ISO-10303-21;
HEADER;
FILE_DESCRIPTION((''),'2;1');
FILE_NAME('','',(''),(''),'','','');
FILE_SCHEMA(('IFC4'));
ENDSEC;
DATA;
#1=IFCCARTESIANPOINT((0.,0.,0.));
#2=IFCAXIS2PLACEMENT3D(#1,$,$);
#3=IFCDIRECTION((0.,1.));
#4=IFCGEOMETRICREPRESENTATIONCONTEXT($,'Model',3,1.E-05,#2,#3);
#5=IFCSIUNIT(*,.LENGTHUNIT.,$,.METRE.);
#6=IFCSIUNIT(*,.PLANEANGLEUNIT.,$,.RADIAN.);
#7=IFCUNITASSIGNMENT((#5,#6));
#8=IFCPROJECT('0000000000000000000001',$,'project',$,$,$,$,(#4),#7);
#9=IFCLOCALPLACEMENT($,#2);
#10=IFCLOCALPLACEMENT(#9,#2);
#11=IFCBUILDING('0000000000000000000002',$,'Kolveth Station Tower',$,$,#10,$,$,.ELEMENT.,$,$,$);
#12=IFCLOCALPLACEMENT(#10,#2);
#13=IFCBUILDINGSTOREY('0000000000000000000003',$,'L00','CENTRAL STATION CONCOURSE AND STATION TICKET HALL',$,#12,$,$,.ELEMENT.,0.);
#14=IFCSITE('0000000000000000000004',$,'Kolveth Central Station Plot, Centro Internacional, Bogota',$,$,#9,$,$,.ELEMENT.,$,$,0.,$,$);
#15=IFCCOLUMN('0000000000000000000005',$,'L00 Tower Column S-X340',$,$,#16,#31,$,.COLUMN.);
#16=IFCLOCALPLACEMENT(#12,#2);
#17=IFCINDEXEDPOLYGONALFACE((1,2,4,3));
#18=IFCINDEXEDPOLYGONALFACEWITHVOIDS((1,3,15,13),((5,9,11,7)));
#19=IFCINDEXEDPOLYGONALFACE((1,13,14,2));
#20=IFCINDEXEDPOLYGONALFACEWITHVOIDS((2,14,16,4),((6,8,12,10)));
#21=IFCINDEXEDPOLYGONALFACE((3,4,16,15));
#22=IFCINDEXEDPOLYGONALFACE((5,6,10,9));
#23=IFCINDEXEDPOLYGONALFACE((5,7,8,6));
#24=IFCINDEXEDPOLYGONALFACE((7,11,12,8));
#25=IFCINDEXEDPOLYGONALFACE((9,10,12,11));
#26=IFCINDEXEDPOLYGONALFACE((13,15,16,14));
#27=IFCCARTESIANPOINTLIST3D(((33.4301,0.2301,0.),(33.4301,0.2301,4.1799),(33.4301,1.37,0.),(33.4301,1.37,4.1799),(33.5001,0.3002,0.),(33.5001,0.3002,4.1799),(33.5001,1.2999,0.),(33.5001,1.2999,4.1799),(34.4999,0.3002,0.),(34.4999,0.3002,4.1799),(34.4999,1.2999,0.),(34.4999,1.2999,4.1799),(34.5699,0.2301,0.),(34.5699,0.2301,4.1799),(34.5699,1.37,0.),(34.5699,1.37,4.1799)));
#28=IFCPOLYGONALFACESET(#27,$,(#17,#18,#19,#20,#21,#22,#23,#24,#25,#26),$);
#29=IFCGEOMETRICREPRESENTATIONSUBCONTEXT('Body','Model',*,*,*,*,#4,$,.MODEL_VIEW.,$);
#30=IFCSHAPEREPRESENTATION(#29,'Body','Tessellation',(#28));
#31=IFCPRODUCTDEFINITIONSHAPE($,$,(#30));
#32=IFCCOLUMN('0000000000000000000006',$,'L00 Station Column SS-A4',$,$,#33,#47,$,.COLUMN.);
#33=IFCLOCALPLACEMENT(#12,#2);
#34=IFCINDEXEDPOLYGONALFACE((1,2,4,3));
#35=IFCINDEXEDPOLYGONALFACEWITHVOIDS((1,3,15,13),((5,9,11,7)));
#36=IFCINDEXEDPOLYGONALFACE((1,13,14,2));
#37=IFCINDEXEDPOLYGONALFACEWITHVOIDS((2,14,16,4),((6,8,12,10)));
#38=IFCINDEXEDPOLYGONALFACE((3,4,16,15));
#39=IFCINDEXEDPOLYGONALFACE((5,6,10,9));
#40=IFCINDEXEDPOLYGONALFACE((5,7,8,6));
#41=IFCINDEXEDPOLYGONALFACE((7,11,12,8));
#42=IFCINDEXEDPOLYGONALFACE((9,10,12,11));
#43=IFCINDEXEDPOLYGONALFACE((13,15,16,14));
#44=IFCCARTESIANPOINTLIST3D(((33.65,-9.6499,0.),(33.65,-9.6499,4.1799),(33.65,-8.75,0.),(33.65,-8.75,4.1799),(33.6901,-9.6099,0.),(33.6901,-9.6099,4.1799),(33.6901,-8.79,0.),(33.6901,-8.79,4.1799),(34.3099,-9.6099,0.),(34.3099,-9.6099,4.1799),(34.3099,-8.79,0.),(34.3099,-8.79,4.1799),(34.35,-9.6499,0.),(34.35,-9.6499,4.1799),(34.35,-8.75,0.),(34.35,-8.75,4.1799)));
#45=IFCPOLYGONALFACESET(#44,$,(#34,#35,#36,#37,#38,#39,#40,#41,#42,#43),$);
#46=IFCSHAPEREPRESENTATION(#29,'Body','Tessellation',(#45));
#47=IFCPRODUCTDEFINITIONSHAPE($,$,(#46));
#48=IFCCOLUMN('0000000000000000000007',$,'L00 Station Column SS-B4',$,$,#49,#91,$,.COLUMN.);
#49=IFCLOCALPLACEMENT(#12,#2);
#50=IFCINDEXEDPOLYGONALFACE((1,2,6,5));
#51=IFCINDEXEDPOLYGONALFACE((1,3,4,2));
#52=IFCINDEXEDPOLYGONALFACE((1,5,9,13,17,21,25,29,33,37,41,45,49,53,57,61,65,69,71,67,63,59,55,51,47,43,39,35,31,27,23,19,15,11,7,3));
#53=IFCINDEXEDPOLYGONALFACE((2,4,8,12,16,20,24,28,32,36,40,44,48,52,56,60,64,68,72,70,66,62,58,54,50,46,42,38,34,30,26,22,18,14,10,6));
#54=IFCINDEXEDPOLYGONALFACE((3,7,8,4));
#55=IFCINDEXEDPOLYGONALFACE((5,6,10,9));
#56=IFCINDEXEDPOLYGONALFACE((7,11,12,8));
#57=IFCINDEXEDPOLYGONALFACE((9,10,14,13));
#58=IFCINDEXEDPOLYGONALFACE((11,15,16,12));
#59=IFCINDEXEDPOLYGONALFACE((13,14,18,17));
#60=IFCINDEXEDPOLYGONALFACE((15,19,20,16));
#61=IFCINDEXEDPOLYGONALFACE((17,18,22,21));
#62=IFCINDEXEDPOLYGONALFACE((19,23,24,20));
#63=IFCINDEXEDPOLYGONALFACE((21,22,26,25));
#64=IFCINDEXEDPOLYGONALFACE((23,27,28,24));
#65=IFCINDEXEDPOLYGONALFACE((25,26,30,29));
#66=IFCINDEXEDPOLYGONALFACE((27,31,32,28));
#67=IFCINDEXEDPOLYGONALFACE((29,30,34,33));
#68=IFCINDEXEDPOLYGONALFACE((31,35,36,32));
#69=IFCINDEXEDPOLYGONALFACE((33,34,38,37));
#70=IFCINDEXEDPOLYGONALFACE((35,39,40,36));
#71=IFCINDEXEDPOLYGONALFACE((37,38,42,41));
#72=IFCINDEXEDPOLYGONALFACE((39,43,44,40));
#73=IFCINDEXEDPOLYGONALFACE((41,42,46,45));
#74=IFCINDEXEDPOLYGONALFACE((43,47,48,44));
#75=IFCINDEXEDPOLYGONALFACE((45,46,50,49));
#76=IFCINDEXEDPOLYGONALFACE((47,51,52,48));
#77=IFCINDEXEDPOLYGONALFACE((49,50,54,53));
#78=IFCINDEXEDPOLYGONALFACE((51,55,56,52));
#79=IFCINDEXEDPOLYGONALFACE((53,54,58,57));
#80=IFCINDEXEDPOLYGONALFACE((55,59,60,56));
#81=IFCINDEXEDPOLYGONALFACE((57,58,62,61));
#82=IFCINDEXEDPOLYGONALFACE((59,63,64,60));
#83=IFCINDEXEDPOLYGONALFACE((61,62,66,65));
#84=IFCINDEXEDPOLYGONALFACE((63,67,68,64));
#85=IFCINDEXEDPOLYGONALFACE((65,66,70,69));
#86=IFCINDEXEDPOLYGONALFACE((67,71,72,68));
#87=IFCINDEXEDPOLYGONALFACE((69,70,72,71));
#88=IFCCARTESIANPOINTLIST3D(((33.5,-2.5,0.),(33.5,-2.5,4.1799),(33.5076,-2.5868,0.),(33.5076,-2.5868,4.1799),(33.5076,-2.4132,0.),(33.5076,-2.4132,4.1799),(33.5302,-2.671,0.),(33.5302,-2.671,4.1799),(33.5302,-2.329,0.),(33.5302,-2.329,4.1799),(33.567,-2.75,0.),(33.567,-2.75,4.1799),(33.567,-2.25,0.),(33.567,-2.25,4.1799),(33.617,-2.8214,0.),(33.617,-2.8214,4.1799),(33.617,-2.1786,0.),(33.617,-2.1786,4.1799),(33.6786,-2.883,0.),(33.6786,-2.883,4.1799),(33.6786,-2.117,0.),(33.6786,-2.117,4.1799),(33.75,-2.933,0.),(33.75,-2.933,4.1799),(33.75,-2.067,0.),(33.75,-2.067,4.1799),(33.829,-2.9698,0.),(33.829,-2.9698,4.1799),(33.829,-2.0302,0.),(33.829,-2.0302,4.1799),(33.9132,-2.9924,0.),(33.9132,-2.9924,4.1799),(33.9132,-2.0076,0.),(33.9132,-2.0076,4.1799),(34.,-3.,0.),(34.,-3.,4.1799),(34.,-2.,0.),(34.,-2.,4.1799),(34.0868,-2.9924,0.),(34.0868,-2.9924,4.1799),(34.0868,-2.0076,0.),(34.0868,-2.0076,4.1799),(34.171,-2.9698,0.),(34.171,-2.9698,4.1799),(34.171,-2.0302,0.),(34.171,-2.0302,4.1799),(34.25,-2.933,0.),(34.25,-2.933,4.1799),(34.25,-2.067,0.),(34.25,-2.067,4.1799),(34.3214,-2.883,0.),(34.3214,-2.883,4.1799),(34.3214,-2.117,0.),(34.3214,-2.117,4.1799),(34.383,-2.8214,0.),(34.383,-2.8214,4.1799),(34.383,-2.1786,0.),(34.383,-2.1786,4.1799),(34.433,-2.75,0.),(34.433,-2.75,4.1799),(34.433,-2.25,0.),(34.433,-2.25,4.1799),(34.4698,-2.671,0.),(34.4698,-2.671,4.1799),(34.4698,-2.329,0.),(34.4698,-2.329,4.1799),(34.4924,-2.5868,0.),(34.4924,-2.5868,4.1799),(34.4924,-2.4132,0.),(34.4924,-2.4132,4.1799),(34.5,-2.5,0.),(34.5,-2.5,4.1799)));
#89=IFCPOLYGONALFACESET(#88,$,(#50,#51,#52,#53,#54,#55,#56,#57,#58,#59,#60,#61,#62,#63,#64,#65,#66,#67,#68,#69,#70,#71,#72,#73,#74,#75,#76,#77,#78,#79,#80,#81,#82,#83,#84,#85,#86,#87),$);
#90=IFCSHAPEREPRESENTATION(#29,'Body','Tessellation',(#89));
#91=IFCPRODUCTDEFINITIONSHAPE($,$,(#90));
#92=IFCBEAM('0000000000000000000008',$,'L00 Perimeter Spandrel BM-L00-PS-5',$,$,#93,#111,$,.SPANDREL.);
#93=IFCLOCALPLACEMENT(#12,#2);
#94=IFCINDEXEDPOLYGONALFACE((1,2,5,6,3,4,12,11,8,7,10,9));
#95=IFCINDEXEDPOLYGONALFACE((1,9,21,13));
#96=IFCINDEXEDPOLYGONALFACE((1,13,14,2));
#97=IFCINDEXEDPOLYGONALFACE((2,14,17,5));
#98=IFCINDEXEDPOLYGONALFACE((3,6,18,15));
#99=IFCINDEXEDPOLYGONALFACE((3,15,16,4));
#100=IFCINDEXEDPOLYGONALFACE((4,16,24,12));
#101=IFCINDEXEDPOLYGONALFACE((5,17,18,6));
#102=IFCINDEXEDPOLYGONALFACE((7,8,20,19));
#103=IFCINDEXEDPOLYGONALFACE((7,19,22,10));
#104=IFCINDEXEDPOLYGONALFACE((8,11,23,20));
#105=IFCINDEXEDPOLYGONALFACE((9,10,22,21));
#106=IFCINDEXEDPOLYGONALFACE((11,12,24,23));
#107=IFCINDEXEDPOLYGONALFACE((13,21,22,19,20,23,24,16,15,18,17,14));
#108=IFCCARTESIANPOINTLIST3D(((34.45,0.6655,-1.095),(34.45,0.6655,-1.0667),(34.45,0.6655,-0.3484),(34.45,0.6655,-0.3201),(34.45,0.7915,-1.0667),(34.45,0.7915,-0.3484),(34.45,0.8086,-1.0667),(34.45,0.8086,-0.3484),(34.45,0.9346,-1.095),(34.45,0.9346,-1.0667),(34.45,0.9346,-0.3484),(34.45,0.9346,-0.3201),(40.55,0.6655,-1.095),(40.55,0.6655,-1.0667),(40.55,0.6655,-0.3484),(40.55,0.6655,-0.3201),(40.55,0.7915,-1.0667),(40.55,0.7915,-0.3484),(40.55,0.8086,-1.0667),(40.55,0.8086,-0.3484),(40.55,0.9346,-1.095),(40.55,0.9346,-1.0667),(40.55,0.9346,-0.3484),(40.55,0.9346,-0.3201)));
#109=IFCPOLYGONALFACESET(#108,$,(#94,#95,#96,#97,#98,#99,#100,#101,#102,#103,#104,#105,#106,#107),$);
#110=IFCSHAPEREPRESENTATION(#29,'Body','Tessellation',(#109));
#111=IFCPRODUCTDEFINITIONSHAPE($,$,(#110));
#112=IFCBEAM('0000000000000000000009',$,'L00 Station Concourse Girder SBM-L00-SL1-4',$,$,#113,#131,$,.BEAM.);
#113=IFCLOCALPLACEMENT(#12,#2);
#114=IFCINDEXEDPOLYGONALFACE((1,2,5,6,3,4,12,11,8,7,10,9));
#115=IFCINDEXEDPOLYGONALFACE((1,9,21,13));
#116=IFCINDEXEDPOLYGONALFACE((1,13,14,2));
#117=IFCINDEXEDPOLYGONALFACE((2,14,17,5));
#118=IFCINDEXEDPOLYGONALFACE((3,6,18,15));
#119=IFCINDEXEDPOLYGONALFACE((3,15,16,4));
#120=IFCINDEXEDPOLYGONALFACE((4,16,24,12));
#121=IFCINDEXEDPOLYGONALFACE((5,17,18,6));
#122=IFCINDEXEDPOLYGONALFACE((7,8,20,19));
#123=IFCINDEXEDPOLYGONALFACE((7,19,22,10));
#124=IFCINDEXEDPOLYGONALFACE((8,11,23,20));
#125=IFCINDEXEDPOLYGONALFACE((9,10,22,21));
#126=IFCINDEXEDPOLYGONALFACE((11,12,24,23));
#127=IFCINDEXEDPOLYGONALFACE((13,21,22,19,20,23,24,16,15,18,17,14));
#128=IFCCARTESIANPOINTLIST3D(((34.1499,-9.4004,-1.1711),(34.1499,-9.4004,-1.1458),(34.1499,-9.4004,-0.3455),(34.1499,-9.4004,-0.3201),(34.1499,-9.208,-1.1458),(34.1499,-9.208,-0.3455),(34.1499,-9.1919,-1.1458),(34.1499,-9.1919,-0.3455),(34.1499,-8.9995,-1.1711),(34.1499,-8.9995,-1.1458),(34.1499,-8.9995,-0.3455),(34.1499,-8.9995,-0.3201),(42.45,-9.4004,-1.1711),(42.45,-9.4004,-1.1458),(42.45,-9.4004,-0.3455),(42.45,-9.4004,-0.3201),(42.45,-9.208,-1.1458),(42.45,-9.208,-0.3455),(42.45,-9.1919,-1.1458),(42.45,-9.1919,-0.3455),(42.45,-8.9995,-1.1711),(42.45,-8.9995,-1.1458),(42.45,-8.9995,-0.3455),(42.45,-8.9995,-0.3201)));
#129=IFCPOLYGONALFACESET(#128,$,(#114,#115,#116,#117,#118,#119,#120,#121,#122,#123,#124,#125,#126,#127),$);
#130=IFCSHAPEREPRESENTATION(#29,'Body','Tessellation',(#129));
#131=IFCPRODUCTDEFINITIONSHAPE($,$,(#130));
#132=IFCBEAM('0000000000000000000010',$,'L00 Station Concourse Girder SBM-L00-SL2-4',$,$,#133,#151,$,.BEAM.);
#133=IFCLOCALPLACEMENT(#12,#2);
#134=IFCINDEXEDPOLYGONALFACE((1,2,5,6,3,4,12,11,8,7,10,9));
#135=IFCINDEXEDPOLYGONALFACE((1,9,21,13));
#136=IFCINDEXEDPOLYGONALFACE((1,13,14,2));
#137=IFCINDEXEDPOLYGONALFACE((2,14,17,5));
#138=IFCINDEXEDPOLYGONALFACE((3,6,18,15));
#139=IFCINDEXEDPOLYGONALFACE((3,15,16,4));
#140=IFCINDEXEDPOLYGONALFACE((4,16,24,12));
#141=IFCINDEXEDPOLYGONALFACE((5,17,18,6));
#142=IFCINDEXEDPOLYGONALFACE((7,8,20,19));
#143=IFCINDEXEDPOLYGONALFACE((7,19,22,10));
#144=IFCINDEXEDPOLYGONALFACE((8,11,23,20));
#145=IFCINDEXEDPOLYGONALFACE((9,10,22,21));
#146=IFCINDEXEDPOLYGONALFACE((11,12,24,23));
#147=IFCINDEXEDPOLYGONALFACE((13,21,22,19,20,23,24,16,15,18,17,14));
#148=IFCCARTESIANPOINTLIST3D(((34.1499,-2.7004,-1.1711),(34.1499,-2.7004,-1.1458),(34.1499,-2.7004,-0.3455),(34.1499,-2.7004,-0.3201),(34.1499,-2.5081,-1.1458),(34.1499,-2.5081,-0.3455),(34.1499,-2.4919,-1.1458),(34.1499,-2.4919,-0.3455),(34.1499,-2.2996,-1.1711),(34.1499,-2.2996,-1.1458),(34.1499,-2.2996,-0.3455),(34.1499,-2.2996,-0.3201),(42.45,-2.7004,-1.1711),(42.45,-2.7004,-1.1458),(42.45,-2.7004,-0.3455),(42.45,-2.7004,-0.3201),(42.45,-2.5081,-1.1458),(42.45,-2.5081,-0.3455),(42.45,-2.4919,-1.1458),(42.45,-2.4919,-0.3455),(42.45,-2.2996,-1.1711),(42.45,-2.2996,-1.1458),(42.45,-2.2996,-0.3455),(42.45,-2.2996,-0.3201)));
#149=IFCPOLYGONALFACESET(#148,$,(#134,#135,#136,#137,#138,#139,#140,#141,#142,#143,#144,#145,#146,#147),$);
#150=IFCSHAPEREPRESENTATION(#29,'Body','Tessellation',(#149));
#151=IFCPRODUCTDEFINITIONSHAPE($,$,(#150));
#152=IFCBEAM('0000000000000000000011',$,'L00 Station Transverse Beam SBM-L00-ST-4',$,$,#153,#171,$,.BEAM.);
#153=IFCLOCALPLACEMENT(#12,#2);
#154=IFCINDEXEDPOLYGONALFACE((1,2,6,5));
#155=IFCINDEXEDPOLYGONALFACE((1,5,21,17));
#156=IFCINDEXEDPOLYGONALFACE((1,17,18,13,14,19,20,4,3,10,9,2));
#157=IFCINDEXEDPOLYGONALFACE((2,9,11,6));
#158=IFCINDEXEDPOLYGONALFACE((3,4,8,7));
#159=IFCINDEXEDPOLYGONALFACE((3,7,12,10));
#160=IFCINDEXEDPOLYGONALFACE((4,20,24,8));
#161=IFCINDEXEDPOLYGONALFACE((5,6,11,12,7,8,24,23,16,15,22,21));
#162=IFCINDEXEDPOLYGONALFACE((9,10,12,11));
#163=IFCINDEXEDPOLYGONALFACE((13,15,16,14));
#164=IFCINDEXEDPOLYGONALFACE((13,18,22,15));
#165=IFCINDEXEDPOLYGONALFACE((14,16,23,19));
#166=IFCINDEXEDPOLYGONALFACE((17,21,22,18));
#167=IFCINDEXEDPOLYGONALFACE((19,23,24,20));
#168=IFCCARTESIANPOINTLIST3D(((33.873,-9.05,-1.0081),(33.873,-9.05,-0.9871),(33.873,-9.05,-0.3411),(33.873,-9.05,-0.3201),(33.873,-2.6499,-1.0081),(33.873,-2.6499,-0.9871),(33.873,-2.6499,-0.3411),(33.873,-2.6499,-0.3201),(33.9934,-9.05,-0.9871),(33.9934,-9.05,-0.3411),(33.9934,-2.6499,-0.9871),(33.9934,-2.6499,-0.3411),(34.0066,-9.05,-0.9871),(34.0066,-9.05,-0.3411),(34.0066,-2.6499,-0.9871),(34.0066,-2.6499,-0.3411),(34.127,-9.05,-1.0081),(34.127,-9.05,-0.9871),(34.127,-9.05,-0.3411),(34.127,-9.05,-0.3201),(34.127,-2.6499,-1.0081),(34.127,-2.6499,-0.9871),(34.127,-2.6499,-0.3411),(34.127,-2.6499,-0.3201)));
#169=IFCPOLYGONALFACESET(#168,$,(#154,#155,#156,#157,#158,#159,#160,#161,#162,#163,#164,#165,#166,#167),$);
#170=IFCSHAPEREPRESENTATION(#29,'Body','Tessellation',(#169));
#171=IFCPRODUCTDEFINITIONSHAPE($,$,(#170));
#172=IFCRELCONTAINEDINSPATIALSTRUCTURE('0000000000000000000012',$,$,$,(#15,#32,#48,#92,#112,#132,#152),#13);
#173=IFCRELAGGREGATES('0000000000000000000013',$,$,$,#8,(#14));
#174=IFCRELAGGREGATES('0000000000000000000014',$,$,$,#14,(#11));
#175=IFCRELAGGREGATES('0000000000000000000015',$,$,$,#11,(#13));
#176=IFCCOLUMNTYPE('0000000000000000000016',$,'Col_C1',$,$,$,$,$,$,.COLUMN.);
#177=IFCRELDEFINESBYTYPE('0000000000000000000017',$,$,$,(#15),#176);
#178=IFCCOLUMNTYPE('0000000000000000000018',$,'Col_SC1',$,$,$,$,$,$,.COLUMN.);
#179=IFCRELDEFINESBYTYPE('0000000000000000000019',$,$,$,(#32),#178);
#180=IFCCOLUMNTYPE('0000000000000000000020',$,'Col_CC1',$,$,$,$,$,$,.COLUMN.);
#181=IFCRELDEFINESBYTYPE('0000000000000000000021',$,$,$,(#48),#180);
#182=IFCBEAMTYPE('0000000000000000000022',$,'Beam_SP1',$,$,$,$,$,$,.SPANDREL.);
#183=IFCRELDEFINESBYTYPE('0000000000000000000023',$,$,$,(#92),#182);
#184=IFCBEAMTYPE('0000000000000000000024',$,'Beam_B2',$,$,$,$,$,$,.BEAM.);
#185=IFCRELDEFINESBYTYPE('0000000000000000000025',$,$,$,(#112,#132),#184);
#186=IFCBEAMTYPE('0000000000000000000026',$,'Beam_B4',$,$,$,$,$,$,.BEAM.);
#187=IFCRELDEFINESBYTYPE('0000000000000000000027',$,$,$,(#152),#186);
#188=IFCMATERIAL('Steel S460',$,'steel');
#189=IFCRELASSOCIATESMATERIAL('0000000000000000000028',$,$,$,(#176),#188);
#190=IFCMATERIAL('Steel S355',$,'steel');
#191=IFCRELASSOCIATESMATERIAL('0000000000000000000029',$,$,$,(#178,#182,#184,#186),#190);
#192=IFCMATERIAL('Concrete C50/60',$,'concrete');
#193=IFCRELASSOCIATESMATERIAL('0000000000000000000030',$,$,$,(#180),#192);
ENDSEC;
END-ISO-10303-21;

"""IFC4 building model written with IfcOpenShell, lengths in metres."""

from ifc_helpers import new_model, si_unit, direction, frame, origin, origin_2d, place, context, subcontext, project, spatial, hollow_rectangle, circle, i_section, extrude, source, transform, mapped, material, material_profile, profile_set, type_object, element, save


model = new_model("IFC4")

# Units and contexts
model_context = context("Model", 3, precision=1e-05, world=origin(), true_north=direction((0.0, 1.0)))
body_context = subcontext(model_context, "Body", "Model", "MODEL_VIEW")
ifc_project = project(units=[si_unit("LENGTHUNIT", "METRE"), si_unit("PLANEANGLEUNIT", "RADIAN")], contexts=[model_context])

# Site, building, storey
site_placement = place(None, origin())
site = spatial("IfcSite", under=ifc_project, at=site_placement, Name="Kolveth Central Station Plot, Centro Internacional, Bogota", CompositionType="ELEMENT", RefElevation=0.0)
building_placement = place(site_placement, origin())
building = spatial("IfcBuilding", under=site, at=building_placement, Name="Kolveth Station Tower", CompositionType="ELEMENT")
storey_placement = place(building_placement, origin())
storey = spatial("IfcBuildingStorey", under=building, at=storey_placement, Name="L00", Description="CENTRAL STATION CONCOURSE AND STATION TICKET HALL", CompositionType="ELEMENT", Elevation=0.0)

# Columns
ifc_material_1 = material(Name="Steel S460", Category="steel")
ifc_material_profile_1 = material_profile(ifc_material_1, hollow_rectangle(XDim=1.1399, YDim=1.1399, WallThickness=0.0701, at=origin_2d()), Name="BOX1140x1140x70")
ifc_profile_set_1 = profile_set([ifc_material_profile_1], Name="Steel S460")
column_type_1 = type_object("IfcColumnType", Name="Col_C1", PredefinedType="COLUMN", material=ifc_profile_set_1)
shared_shape_1 = source(origin(), body_context, "Body", "SweptSolid", [
    extrude(hollow_rectangle(XDim=1.1399, YDim=1.1399, WallThickness=0.0701, at=origin_2d()), origin(), (0.0, 0.0, 1.0), 4.1799),
])
column_1_placement = place(storey_placement, frame((34.0, 0.8, 0.0), z_axis=(0.0, 0.0, 1.0), x_axis=(1.0, 0.0, 0.0)))
element("IfcColumn", 1, at=column_1_placement, inside=storey, type_object=column_type_1, Name="L00 Tower Column S-X340", PredefinedType="COLUMN", context=body_context, shape_type="MappedRepresentation", body=[
    mapped(shared_shape_1, transform((0.0, 0.0, 0.0), x_axis=(1.0, 0.0, 0.0), y_axis=(0.0, 1.0, 0.0), z_axis=(0.0, 0.0, 1.0), scale=1.0)),
])
ifc_material_2 = material(Name="Steel S355", Category="steel")
ifc_material_profile_2 = material_profile(ifc_material_2, hollow_rectangle(XDim=0.7, YDim=0.8999, WallThickness=0.04, at=origin_2d()), Name="BOX900x700x40")
ifc_profile_set_2 = profile_set([ifc_material_profile_2], Name="Steel S355")
column_type_2 = type_object("IfcColumnType", Name="Col_SC1", PredefinedType="COLUMN", material=ifc_profile_set_2)
shared_shape_2 = source(origin(), body_context, "Body", "SweptSolid", [
    extrude(hollow_rectangle(XDim=0.7, YDim=0.8999, WallThickness=0.04, at=origin_2d()), origin(), (0.0, 0.0, 1.0), 4.1799),
])
column_2_placement = place(storey_placement, frame((34.0, -9.2, 0.0), z_axis=(0.0, 0.0, 1.0), x_axis=(1.0, 0.0, 0.0)))
element("IfcColumn", 2, at=column_2_placement, inside=storey, type_object=column_type_2, Name="L00 Station Column SS-A4", PredefinedType="COLUMN", context=body_context, shape_type="MappedRepresentation", body=[
    mapped(shared_shape_2, transform((0.0, 0.0, 0.0), x_axis=(1.0, 0.0, 0.0), y_axis=(0.0, 1.0, 0.0), z_axis=(0.0, 0.0, 1.0), scale=1.0)),
])
ifc_material_3 = material(Name="Concrete C50/60", Category="concrete")
ifc_material_profile_3 = material_profile(ifc_material_3, circle(Radius=0.5, at=origin_2d()), Name="RC-D1000")
ifc_profile_set_3 = profile_set([ifc_material_profile_3], Name="Concrete C50/60")
column_type_3 = type_object("IfcColumnType", Name="Col_CC1", PredefinedType="COLUMN", material=ifc_profile_set_3)
shared_shape_3 = source(origin(), body_context, "Body", "SweptSolid", [
    extrude(circle(Radius=0.5, at=origin_2d()), origin(), (0.0, 0.0, 1.0), 4.1799),
])
column_3_placement = place(storey_placement, frame((34.0, -2.5, 0.0), z_axis=(0.0, 0.0, 1.0), x_axis=(1.0, 0.0, 0.0)))
element("IfcColumn", 3, at=column_3_placement, inside=storey, type_object=column_type_3, Name="L00 Station Column SS-B4", PredefinedType="COLUMN", context=body_context, shape_type="MappedRepresentation", body=[
    mapped(shared_shape_3, transform((0.0, 0.0, 0.0), x_axis=(1.0, 0.0, 0.0), y_axis=(0.0, 1.0, 0.0), z_axis=(0.0, 0.0, 1.0), scale=1.0)),
])

# Beams
ifc_material_profile_4 = material_profile(ifc_material_2, i_section(OverallWidth=0.269, OverallDepth=0.7749, WebThickness=0.0171, FlangeThickness=0.0283, at=origin_2d()), Name="W760x220")
ifc_profile_set_4 = profile_set([ifc_material_profile_4], Name="Steel S355")
beam_type_1 = type_object("IfcBeamType", Name="Beam_SP1", PredefinedType="SPANDREL", material=ifc_profile_set_4)
shared_shape_4 = source(origin(), body_context, "Body", "SweptSolid", [
    extrude(i_section(OverallWidth=0.269, OverallDepth=0.7749, WebThickness=0.0171, FlangeThickness=0.0283, at=origin_2d()), origin(), (0.0, 0.0, 1.0), 6.1001),
])
beam_1_placement = place(storey_placement, frame((34.45, 0.8, -0.7075), z_axis=(1.0, 0.0, 0.0), x_axis=(0.0, 1.0, 0.0)))
element("IfcBeam", 4, at=beam_1_placement, inside=storey, type_object=beam_type_1, Name="L00 Perimeter Spandrel BM-L00-PS-5", PredefinedType="SPANDREL", context=body_context, shape_type="MappedRepresentation", body=[
    mapped(shared_shape_4, transform((0.0, 0.0, 0.0), x_axis=(1.0, 0.0, 0.0), y_axis=(0.0, 1.0, 0.0), z_axis=(0.0, 0.0, 1.0), scale=1.0)),
])
ifc_material_profile_5 = material_profile(ifc_material_2, i_section(OverallWidth=0.4009, OverallDepth=0.8511, WebThickness=0.0161, FlangeThickness=0.0254, at=origin_2d()), Name="W840x226")
ifc_profile_set_5 = profile_set([ifc_material_profile_5], Name="Steel S355")
beam_type_2 = type_object("IfcBeamType", Name="Beam_B2", PredefinedType="BEAM", material=ifc_profile_set_5)
shared_shape_5 = source(origin(), body_context, "Body", "SweptSolid", [
    extrude(i_section(OverallWidth=0.4009, OverallDepth=0.8511, WebThickness=0.0161, FlangeThickness=0.0254, at=origin_2d()), origin(), (0.0, 0.0, 1.0), 8.3),
])
for number, where, z_axis, x_axis, name in (
    (5, (34.1499, -9.2, -0.7456), (1.0, 0.0, 0.0), (0.0, 1.0, 0.0), "L00 Station Concourse Girder SBM-L00-SL1-4"),
    (6, (34.1499, -2.5, -0.7456), (1.0, 0.0, 0.0), (0.0, 1.0, 0.0), "L00 Station Concourse Girder SBM-L00-SL2-4"),
):
    element("IfcBeam", number, at=place(storey_placement, frame(where, z_axis=z_axis, x_axis=x_axis)), inside=storey, type_object=beam_type_2, Name=name, PredefinedType="BEAM", context=body_context, shape_type="MappedRepresentation", body=[
        mapped(shared_shape_5, transform((0.0, 0.0, 0.0), x_axis=(1.0, 0.0, 0.0), y_axis=(0.0, 1.0, 0.0), z_axis=(0.0, 0.0, 1.0), scale=1.0)),
    ])
ifc_material_profile_6 = material_profile(ifc_material_2, i_section(OverallWidth=0.2539, OverallDepth=0.688, WebThickness=0.0132, FlangeThickness=0.021, at=origin_2d()), Name="W690x152")
ifc_profile_set_6 = profile_set([ifc_material_profile_6], Name="Steel S355")
beam_type_3 = type_object("IfcBeamType", Name="Beam_B4", PredefinedType="BEAM", material=ifc_profile_set_6)
shared_shape_6 = source(origin(), body_context, "Body", "SweptSolid", [
    extrude(i_section(OverallWidth=0.2539, OverallDepth=0.688, WebThickness=0.0132, FlangeThickness=0.021, at=origin_2d()), origin(), (0.0, 0.0, 1.0), 6.4001),
])
beam_2_placement = place(storey_placement, frame((34.0, -9.05, -0.6641), z_axis=(0.0, 1.0, 0.0), x_axis=(-1.0, 0.0, 0.0)))
element("IfcBeam", 7, at=beam_2_placement, inside=storey, type_object=beam_type_3, Name="L00 Station Transverse Beam SBM-L00-ST-4", PredefinedType="BEAM", context=body_context, shape_type="MappedRepresentation", body=[
    mapped(shared_shape_6, transform((0.0, 0.0, 0.0), x_axis=(1.0, 0.0, 0.0), y_axis=(0.0, 1.0, 0.0), z_axis=(0.0, 0.0, 1.0), scale=1.0)),
])

save(model, "model.ifc")
